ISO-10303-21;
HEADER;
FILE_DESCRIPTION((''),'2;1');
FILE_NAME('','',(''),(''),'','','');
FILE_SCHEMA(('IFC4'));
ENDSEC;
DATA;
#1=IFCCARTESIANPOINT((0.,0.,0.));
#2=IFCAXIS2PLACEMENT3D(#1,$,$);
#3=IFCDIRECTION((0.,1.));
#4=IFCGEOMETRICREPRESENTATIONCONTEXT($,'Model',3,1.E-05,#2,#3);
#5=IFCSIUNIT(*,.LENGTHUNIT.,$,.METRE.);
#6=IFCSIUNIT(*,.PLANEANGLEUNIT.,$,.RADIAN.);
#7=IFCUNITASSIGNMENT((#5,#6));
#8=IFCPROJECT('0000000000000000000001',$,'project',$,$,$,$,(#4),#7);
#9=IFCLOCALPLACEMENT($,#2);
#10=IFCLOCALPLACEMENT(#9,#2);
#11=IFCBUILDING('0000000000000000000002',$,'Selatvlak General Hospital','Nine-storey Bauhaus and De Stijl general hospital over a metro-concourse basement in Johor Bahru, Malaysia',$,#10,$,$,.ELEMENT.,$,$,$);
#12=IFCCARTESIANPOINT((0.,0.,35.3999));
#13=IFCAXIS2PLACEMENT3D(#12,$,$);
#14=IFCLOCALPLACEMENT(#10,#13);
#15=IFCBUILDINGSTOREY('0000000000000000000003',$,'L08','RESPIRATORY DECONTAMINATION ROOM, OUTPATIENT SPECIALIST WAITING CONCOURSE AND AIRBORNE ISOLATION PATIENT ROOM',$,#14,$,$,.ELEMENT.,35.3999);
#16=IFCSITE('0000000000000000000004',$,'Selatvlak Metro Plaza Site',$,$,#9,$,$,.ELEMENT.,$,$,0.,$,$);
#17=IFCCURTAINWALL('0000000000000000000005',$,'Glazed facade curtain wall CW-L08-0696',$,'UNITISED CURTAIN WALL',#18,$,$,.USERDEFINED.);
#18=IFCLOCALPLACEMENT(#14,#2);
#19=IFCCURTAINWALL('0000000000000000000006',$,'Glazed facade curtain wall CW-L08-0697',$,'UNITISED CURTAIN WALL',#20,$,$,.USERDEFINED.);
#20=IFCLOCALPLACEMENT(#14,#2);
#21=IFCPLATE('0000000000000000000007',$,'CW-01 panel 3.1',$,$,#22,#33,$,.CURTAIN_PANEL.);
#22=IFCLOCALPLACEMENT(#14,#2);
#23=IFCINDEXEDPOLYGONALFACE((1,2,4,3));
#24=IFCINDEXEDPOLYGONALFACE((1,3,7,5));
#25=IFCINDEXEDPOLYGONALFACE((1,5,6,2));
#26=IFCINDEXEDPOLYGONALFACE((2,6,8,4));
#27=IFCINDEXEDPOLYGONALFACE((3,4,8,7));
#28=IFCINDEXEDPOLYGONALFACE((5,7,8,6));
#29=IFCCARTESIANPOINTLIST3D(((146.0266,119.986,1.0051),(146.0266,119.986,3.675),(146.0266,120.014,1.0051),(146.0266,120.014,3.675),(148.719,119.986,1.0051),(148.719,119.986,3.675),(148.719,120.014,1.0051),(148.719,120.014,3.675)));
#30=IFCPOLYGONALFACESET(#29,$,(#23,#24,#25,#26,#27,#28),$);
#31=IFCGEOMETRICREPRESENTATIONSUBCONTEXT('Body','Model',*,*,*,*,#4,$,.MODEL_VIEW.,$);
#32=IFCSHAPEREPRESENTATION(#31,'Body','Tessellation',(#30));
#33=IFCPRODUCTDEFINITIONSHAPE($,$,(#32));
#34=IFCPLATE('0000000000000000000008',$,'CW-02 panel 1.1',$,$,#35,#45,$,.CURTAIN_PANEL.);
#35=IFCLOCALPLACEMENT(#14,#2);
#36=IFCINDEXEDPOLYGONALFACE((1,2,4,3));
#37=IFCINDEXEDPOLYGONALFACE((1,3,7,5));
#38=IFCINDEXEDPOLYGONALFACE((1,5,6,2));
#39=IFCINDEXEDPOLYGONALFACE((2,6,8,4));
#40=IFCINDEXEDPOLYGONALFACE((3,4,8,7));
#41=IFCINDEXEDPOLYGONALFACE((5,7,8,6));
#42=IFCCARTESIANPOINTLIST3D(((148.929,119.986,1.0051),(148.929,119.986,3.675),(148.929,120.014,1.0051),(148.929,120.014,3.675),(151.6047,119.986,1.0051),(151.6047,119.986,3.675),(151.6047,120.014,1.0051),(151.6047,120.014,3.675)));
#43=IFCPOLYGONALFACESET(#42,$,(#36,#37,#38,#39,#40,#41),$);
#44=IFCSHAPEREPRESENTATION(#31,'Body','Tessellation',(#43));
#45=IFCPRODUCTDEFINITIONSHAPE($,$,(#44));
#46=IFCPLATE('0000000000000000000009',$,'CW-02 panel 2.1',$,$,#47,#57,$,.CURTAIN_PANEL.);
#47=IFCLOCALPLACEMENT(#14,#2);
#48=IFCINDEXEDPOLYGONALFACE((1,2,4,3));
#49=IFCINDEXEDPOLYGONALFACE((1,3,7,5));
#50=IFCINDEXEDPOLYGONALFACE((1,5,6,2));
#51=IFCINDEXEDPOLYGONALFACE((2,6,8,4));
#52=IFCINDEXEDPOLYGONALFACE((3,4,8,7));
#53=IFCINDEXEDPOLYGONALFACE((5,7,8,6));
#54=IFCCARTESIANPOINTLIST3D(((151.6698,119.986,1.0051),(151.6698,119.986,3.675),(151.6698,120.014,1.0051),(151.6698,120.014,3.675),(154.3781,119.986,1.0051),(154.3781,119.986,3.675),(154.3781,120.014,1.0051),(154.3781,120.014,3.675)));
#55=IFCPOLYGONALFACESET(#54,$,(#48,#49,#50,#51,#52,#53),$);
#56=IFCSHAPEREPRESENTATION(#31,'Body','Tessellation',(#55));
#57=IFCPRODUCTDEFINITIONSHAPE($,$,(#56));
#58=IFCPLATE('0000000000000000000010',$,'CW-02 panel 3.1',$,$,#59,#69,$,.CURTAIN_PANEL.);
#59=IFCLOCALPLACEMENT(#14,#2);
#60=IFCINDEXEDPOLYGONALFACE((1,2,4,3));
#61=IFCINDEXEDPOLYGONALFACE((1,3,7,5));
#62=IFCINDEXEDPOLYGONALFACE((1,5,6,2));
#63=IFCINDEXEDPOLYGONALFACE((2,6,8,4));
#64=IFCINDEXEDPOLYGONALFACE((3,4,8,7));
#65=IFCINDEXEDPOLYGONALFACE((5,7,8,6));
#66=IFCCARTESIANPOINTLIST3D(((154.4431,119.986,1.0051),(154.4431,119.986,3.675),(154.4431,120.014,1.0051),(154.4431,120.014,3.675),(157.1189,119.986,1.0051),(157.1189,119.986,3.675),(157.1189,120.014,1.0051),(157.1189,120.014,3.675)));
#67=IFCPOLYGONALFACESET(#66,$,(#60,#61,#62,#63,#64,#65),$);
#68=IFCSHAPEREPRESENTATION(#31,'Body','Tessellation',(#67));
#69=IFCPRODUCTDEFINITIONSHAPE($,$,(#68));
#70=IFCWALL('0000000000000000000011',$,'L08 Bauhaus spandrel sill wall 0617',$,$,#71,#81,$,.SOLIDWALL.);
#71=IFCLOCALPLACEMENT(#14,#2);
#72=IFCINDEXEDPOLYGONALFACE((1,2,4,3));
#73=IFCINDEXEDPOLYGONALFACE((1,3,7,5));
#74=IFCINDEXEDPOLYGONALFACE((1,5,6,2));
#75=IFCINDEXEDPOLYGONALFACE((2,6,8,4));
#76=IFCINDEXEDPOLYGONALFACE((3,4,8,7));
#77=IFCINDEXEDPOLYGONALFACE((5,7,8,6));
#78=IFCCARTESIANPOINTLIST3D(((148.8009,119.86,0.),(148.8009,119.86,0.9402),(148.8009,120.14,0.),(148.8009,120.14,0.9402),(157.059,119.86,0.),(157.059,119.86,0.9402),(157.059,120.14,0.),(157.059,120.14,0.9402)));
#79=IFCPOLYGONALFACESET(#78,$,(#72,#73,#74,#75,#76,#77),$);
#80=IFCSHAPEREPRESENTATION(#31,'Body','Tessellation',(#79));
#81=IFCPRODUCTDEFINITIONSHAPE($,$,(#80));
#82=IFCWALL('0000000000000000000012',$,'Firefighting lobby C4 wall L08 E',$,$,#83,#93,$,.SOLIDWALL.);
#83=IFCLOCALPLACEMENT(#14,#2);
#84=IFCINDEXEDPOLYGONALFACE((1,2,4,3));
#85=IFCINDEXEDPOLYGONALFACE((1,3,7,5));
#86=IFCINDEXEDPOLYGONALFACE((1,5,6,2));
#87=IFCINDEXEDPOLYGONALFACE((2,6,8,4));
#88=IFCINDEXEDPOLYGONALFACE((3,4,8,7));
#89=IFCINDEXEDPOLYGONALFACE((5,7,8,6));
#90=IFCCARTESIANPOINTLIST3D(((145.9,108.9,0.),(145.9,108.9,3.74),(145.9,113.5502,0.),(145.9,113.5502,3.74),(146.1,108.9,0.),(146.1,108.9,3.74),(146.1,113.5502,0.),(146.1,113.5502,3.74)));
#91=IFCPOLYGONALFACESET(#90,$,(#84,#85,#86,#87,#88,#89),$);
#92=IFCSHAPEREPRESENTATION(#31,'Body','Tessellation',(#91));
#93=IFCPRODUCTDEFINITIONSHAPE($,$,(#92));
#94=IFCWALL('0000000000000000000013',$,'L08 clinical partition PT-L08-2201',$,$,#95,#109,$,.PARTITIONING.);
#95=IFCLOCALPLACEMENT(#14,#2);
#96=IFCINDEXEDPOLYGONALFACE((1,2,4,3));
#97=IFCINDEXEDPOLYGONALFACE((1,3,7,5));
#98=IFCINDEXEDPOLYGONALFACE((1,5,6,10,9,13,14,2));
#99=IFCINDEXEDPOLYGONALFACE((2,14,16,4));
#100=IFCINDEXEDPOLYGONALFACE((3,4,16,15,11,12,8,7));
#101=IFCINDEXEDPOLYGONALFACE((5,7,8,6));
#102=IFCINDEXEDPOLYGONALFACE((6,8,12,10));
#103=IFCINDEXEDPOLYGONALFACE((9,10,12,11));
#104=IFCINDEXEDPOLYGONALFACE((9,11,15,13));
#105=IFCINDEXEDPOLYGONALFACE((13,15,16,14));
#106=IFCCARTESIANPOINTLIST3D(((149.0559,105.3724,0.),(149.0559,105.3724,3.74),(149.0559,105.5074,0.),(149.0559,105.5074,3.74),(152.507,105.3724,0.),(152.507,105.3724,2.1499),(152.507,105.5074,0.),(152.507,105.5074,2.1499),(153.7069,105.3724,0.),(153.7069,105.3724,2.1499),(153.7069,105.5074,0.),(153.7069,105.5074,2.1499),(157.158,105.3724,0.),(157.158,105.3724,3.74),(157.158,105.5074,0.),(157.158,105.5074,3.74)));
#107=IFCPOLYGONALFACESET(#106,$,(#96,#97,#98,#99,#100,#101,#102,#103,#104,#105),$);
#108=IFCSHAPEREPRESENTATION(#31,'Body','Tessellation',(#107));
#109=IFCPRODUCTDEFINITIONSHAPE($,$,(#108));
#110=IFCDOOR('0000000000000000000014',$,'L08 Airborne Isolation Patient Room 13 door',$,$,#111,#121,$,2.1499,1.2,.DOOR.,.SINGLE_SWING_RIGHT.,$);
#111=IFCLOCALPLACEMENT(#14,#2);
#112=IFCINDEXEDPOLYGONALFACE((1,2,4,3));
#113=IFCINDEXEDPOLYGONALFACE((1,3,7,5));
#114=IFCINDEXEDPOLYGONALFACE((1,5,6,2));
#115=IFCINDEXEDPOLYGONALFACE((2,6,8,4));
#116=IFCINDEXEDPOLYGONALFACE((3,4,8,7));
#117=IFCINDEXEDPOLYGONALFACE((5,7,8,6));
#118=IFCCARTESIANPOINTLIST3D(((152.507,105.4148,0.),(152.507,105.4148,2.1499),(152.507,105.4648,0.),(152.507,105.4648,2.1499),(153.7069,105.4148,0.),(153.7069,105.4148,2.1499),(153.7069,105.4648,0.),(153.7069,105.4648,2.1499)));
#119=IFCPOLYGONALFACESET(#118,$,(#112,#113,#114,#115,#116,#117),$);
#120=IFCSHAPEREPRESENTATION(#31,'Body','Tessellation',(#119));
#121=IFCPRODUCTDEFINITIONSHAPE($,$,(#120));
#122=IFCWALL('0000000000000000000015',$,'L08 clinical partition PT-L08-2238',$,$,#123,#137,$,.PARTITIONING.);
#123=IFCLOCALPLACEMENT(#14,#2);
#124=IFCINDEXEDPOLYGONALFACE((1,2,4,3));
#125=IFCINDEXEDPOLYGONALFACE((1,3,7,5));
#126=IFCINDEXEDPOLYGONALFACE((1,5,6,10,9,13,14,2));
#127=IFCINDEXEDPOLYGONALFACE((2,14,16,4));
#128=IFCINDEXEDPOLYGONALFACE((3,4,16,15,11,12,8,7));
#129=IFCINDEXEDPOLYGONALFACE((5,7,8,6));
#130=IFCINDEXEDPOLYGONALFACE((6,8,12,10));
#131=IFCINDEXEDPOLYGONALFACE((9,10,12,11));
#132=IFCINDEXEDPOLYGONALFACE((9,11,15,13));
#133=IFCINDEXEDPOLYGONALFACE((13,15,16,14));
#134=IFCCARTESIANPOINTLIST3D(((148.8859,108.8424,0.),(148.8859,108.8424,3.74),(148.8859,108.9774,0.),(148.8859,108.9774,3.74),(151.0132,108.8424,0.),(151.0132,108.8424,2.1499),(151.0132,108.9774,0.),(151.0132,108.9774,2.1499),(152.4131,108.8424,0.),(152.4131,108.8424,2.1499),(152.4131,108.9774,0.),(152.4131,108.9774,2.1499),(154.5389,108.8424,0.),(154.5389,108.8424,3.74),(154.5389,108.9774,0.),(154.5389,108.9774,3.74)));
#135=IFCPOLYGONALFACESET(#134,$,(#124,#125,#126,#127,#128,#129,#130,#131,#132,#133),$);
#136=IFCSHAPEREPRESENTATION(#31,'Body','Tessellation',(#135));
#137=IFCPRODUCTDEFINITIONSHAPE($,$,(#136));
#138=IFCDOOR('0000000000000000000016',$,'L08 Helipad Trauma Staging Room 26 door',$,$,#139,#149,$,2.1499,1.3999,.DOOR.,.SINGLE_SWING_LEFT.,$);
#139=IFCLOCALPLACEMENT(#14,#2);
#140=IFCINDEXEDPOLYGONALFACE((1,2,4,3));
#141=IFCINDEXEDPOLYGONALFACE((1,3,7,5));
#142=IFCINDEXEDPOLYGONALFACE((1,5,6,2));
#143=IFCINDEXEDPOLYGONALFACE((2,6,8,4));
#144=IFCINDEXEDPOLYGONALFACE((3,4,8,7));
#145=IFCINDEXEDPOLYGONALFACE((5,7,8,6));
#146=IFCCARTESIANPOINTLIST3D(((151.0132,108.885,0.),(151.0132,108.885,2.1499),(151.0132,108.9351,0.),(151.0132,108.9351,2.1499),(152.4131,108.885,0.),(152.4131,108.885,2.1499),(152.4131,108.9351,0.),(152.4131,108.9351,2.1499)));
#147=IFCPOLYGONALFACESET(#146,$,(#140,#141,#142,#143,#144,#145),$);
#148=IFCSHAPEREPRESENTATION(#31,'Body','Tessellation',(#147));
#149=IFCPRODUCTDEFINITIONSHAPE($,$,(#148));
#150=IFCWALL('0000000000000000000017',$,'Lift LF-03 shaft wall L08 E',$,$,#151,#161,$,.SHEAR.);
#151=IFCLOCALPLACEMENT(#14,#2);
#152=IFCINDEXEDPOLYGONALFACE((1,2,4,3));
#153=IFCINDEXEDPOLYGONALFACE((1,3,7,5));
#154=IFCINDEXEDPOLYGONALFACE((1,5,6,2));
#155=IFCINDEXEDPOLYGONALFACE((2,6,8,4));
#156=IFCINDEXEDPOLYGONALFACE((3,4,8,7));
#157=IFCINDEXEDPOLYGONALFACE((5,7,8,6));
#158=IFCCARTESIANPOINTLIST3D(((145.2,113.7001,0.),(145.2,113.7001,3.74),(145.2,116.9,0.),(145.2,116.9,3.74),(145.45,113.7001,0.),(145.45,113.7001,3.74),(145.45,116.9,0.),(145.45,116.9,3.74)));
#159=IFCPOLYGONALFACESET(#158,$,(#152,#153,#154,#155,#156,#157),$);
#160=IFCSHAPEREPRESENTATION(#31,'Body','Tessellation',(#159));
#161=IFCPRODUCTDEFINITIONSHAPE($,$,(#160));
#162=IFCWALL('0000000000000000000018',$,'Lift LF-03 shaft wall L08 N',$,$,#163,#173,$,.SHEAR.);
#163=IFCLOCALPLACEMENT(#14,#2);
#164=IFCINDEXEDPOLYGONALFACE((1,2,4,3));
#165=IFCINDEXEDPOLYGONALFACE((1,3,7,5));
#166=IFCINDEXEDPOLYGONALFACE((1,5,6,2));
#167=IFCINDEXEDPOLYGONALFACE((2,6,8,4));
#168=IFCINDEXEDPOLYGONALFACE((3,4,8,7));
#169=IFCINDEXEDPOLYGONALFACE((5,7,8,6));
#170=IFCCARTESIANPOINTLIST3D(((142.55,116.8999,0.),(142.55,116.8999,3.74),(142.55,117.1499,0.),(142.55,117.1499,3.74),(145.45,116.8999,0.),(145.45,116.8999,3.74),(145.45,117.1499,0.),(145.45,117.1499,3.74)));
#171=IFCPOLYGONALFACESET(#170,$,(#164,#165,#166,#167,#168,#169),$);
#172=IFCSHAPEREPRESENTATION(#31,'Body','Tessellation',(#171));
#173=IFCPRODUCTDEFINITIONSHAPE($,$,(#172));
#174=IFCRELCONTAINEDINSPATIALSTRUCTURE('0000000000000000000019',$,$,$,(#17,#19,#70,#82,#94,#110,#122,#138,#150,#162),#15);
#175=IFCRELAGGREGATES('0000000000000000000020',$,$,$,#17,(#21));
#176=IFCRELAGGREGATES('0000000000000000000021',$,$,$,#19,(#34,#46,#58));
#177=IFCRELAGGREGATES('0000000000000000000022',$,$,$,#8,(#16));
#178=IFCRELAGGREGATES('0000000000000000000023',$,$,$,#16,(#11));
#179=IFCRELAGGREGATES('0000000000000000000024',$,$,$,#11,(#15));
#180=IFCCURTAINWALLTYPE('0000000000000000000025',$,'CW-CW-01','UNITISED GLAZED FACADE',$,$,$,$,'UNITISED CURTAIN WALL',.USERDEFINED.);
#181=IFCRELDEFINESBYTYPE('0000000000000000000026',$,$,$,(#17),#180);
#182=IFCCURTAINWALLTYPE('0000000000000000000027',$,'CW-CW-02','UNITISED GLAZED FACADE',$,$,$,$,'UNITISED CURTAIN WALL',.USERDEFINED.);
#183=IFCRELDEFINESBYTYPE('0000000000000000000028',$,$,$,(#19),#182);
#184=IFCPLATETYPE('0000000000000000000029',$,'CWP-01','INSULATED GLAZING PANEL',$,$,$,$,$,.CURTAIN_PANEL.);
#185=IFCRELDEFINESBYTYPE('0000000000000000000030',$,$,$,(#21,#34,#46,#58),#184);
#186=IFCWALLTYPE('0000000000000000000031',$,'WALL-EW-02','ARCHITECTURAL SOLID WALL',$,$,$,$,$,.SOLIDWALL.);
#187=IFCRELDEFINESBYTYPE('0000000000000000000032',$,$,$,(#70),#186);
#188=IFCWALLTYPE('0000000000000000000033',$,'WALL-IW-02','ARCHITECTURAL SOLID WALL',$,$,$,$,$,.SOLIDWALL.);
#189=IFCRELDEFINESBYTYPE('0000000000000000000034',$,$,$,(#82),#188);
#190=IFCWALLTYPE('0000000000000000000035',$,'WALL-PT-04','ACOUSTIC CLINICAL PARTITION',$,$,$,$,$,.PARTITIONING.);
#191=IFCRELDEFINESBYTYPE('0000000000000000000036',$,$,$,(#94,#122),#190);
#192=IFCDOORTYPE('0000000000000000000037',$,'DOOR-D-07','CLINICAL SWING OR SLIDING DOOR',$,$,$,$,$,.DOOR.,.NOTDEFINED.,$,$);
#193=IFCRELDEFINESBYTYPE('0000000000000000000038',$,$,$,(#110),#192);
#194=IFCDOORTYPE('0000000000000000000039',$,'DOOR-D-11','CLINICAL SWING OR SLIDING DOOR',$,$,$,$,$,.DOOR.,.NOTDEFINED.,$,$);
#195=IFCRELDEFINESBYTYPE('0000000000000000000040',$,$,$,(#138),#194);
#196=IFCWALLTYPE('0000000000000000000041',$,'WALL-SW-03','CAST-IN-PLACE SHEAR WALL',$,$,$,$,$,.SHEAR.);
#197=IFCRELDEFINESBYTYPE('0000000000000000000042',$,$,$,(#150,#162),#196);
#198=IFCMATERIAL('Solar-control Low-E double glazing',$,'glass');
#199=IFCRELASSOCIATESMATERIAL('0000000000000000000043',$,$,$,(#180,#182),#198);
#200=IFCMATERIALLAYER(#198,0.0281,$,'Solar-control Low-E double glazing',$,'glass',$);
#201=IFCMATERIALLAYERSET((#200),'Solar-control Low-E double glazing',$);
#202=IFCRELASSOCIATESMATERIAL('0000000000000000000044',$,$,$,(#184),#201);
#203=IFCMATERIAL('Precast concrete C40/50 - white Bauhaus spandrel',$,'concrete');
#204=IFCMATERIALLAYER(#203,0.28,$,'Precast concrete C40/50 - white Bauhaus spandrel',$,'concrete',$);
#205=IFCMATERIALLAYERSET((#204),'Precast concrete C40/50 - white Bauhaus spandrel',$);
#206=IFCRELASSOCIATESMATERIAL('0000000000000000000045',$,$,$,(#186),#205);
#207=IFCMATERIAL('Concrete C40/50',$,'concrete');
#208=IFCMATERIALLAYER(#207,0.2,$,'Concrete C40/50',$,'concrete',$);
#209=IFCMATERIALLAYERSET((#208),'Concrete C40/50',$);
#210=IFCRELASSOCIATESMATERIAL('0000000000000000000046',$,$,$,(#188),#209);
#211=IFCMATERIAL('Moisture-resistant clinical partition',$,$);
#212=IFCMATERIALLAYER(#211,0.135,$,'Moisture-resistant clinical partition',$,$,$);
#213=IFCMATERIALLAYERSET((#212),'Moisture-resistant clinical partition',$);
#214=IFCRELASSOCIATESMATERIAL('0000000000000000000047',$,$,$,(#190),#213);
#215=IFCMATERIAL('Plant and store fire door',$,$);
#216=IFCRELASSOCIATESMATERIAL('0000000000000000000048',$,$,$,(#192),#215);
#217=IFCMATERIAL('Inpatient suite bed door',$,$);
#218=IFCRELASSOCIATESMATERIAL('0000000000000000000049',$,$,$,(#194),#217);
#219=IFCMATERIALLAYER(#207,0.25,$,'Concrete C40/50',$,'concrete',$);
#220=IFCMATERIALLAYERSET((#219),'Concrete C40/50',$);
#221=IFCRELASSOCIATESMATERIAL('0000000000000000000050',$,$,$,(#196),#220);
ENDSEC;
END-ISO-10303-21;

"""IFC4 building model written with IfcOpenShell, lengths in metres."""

from ifc_helpers import new_model, si_unit, direction, frame, frame_2d, origin, origin_2d, place, context, subcontext, project, spatial, rectangle, extrude, material, layer, layer_set, type_object, element, fill, aggregate, save


model = new_model("IFC4")

# Units and contexts
model_context = context("Model", 3, precision=1e-05, world=origin(), true_north=direction((0.0, 1.0)))
body_context = subcontext(model_context, "Body", "Model", "MODEL_VIEW")
ifc_project = project(units=[si_unit("LENGTHUNIT", "METRE"), si_unit("PLANEANGLEUNIT", "RADIAN")], contexts=[model_context])

# Site, building, storey
site_placement = place(None, origin())
site = spatial("IfcSite", under=ifc_project, at=site_placement, Name="Selatvlak Metro Plaza Site", CompositionType="ELEMENT", RefElevation=0.0)
building_placement = place(site_placement, origin())
building = spatial("IfcBuilding", under=site, at=building_placement, Name="Selatvlak General Hospital", Description="Nine-storey Bauhaus and De Stijl general hospital over a metro-concourse basement in Johor Bahru, Malaysia", CompositionType="ELEMENT")
storey_placement = place(building_placement, frame((0.0, 0.0, 35.3999)))
storey = spatial("IfcBuildingStorey", under=building, at=storey_placement, Name="L08", Description="RESPIRATORY DECONTAMINATION ROOM, OUTPATIENT SPECIALIST WAITING CONCOURSE AND AIRBORNE ISOLATION PATIENT ROOM", CompositionType="ELEMENT", Elevation=35.3999)

# Shared definitions
ifc_material_1 = material(Name="Concrete C40/50", Category="concrete")

# Curtain walls
ifc_material_2 = material(Name="Solar-control Low-E double glazing", Category="glass")
curtain_wall_type_1 = type_object("IfcCurtainWallType", Name="CW-CW-01", Description="UNITISED GLAZED FACADE", ElementType="UNITISED CURTAIN WALL", PredefinedType="USERDEFINED", material=ifc_material_2)
curtain_wall_1_placement = place(storey_placement, origin())
curtain_wall_1 = element("IfcCurtainWall", 1, at=curtain_wall_1_placement, inside=storey, type_object=curtain_wall_type_1, Name="Glazed facade curtain wall CW-L08-0696", ObjectType="UNITISED CURTAIN WALL", PredefinedType="USERDEFINED")
curtain_wall_type_2 = type_object("IfcCurtainWallType", Name="CW-CW-02", Description="UNITISED GLAZED FACADE", ElementType="UNITISED CURTAIN WALL", PredefinedType="USERDEFINED", material=ifc_material_2)
curtain_wall_2_placement = place(storey_placement, origin())
curtain_wall_2 = element("IfcCurtainWall", 2, at=curtain_wall_2_placement, inside=storey, type_object=curtain_wall_type_2, Name="Glazed facade curtain wall CW-L08-0697", ObjectType="UNITISED CURTAIN WALL", PredefinedType="USERDEFINED")

# Plates
ifc_layer_1 = layer(ifc_material_2, 0.0281, Name="Solar-control Low-E double glazing", Category="glass")
ifc_layer_set_1 = layer_set([ifc_layer_1], Name="Solar-control Low-E double glazing")
plate_type = type_object("IfcPlateType", Name="CWP-01", Description="INSULATED GLAZING PANEL", PredefinedType="CURTAIN_PANEL", material=ifc_layer_set_1)
plate_1_placement = place(storey_placement, frame((147.3728, 120.0, 1.0051), z_axis=(0.0, 0.0, 1.0), x_axis=(1.0, 0.0, 0.0)))
plate_1 = element("IfcPlate", 3, at=plate_1_placement, type_object=plate_type, Name="CW-01 panel 3.1", PredefinedType="CURTAIN_PANEL", context=body_context, shape_type="SweptSolid", body=[
    extrude(rectangle(XDim=2.6924, YDim=0.0281, at=origin_2d()), origin(), (0.0, 0.0, 1.0), 2.6699),
])
aggregate(curtain_wall_1, [plate_1])
plate_2_placement = place(storey_placement, frame((150.2668, 120.0, 1.0051), z_axis=(0.0, 0.0, 1.0), x_axis=(1.0, 0.0, 0.0)))
plate_2 = element("IfcPlate", 4, at=plate_2_placement, type_object=plate_type, Name="CW-02 panel 1.1", PredefinedType="CURTAIN_PANEL", context=body_context, shape_type="SweptSolid", body=[
    extrude(rectangle(XDim=2.6758, YDim=0.0281, at=origin_2d()), origin(), (0.0, 0.0, 1.0), 2.6699),
])
plate_3_placement = place(storey_placement, frame((153.0239, 120.0, 1.0051), z_axis=(0.0, 0.0, 1.0), x_axis=(1.0, 0.0, 0.0)))
plate_3 = element("IfcPlate", 5, at=plate_3_placement, type_object=plate_type, Name="CW-02 panel 2.1", PredefinedType="CURTAIN_PANEL", context=body_context, shape_type="SweptSolid", body=[
    extrude(rectangle(XDim=2.7083, YDim=0.0281, at=origin_2d()), origin(), (0.0, 0.0, 1.0), 2.6699),
])
plate_4_placement = place(storey_placement, frame((155.781, 120.0, 1.0051), z_axis=(0.0, 0.0, 1.0), x_axis=(1.0, 0.0, 0.0)))
plate_4 = element("IfcPlate", 6, at=plate_4_placement, type_object=plate_type, Name="CW-02 panel 3.1", PredefinedType="CURTAIN_PANEL", context=body_context, shape_type="SweptSolid", body=[
    extrude(rectangle(XDim=2.6758, YDim=0.0281, at=origin_2d()), origin(), (0.0, 0.0, 1.0), 2.6699),
])
aggregate(curtain_wall_2, [plate_2, plate_3, plate_4])

# Walls
ifc_material_3 = material(Name="Precast concrete C40/50 - white Bauhaus spandrel", Category="concrete")
ifc_layer_2 = layer(ifc_material_3, 0.28, Name="Precast concrete C40/50 - white Bauhaus spandrel", Category="concrete")
ifc_layer_set_2 = layer_set([ifc_layer_2], Name="Precast concrete C40/50 - white Bauhaus spandrel")
wall_type_1 = type_object("IfcWallType", Name="WALL-EW-02", Description="ARCHITECTURAL SOLID WALL", PredefinedType="SOLIDWALL", material=ifc_layer_set_2)
wall_1_placement = place(storey_placement, frame((148.801, 120.0, 0.0), z_axis=(0.0, 0.0, 1.0), x_axis=(1.0, 0.0, 0.0)))
element("IfcWall", 7, at=wall_1_placement, inside=storey, type_object=wall_type_1, Name="L08 Bauhaus spandrel sill wall 0617", PredefinedType="SOLIDWALL", context=body_context, shape_type="SweptSolid", body=[
    extrude(rectangle(XDim=8.2581, YDim=0.28, at=frame_2d((4.1289, 0.0))), origin(), (0.0, 0.0, 1.0), 0.9402),
])
ifc_layer_3 = layer(ifc_material_1, 0.2, Name="Concrete C40/50", Category="concrete")
ifc_layer_set_3 = layer_set([ifc_layer_3], Name="Concrete C40/50")
wall_type_2 = type_object("IfcWallType", Name="WALL-IW-02", Description="ARCHITECTURAL SOLID WALL", PredefinedType="SOLIDWALL", material=ifc_layer_set_3)
wall_2_placement = place(storey_placement, frame((146.0, 108.8999, 0.0), z_axis=(0.0, 0.0, 1.0), x_axis=(0.0, 1.0, 0.0)))
element("IfcWall", 8, at=wall_2_placement, inside=storey, type_object=wall_type_2, Name="Firefighting lobby C4 wall L08 E", PredefinedType="SOLIDWALL", context=body_context, shape_type="SweptSolid", body=[
    extrude(rectangle(XDim=4.6501, YDim=0.2, at=frame_2d((2.3252, 0.0))), origin(), (0.0, 0.0, 1.0), 3.74),
])

# Walls, openings, doors
ifc_material_4 = material(Name="Moisture-resistant clinical partition")
ifc_layer_4 = layer(ifc_material_4, 0.135, Name="Moisture-resistant clinical partition")
ifc_layer_set_4 = layer_set([ifc_layer_4], Name="Moisture-resistant clinical partition")
wall_type_3 = type_object("IfcWallType", Name="WALL-PT-04", Description="ACOUSTIC CLINICAL PARTITION", PredefinedType="PARTITIONING", material=ifc_layer_set_4)
wall_3_placement = place(storey_placement, frame((149.0559, 105.4399, 0.0), z_axis=(0.0, 0.0, 1.0), x_axis=(1.0, 0.0, 0.0)))
wall_3 = element("IfcWall", 9, at=wall_3_placement, inside=storey, type_object=wall_type_3, Name="L08 clinical partition PT-L08-2201", PredefinedType="PARTITIONING", context=body_context, shape_type="SweptSolid", body=[
    extrude(rectangle(XDim=8.1021, YDim=0.135, at=frame_2d((4.051, 0.0))), origin(), (0.0, 0.0, 1.0), 3.74),
])
opening_1_placement = place(wall_3_placement, frame((3.4509, 0.0, 0.0)))
opening_1 = element("IfcOpeningElement", 10, at=opening_1_placement, cuts=wall_3, PredefinedType="OPENING", context=body_context, shape_type="SweptSolid", body=[
    extrude(rectangle(XDim=1.2, YDim=2.1499, at=frame_2d((0.6001, 1.075))), frame((0.0, 0.0774, 0.0), z_axis=(0.0, -1.0, 0.0), x_axis=(1.0, 0.0, 0.0)), (0.0, 0.0, 1.0), 0.155),
])
ifc_material_5 = material(Name="Plant and store fire door")
door_type_1 = type_object("IfcDoorType", Name="DOOR-D-07", Description="CLINICAL SWING OR SLIDING DOOR", OperationType="NOTDEFINED", PredefinedType="DOOR", material=ifc_material_5)
door_1_placement = place(opening_1_placement, origin())
door_1 = element("IfcDoor", 11, at=door_1_placement, inside=storey, type_object=door_type_1, Name="L08 Airborne Isolation Patient Room 13 door", OperationType="SINGLE_SWING_RIGHT", OverallHeight=2.1499, OverallWidth=1.2, PredefinedType="DOOR", context=body_context, shape_type="SweptSolid", body=[
    extrude(rectangle(XDim=1.2, YDim=2.1499, at=frame_2d((0.6001, 1.075))), frame((0.0, 0.0249, 0.0), z_axis=(0.0, -1.0, 0.0), x_axis=(1.0, 0.0, 0.0)), (0.0, 0.0, 1.0), 0.05),
])
fill(opening_1, door_1)
wall_4_placement = place(storey_placement, frame((154.5391, 108.9099, 0.0), z_axis=(0.0, 0.0, 1.0), x_axis=(-1.0, 0.0, 0.0)))
wall_4 = element("IfcWall", 12, at=wall_4_placement, inside=storey, type_object=wall_type_3, Name="L08 clinical partition PT-L08-2238", PredefinedType="PARTITIONING", context=body_context, shape_type="SweptSolid", body=[
    extrude(rectangle(XDim=5.6531, YDim=0.135, at=frame_2d((2.8267, 0.0))), origin(), (0.0, 0.0, 1.0), 3.74),
])
opening_2_placement = place(wall_4_placement, frame((2.126, 0.0, 0.0)))
opening_2 = element("IfcOpeningElement", 13, at=opening_2_placement, cuts=wall_4, PredefinedType="OPENING", context=body_context, shape_type="SweptSolid", body=[
    extrude(rectangle(XDim=1.3999, YDim=2.1499, at=frame_2d((0.7, 1.075))), frame((0.0, 0.0774, 0.0), z_axis=(0.0, -1.0, 0.0), x_axis=(1.0, 0.0, 0.0)), (0.0, 0.0, 1.0), 0.155),
])
ifc_material_6 = material(Name="Inpatient suite bed door")
door_type_2 = type_object("IfcDoorType", Name="DOOR-D-11", Description="CLINICAL SWING OR SLIDING DOOR", OperationType="NOTDEFINED", PredefinedType="DOOR", material=ifc_material_6)
door_2_placement = place(opening_2_placement, origin())
door_2 = element("IfcDoor", 14, at=door_2_placement, inside=storey, type_object=door_type_2, Name="L08 Helipad Trauma Staging Room 26 door", OperationType="SINGLE_SWING_LEFT", OverallHeight=2.1499, OverallWidth=1.3999, PredefinedType="DOOR", context=body_context, shape_type="SweptSolid", body=[
    extrude(rectangle(XDim=1.3999, YDim=2.1499, at=frame_2d((0.7, 1.075))), frame((0.0, 0.0249, 0.0), z_axis=(0.0, -1.0, 0.0), x_axis=(1.0, 0.0, 0.0)), (0.0, 0.0, 1.0), 0.05),
])
fill(opening_2, door_2)

# Walls
ifc_layer_5 = layer(ifc_material_1, 0.25, Name="Concrete C40/50", Category="concrete")
ifc_layer_set_5 = layer_set([ifc_layer_5], Name="Concrete C40/50")
wall_type_4 = type_object("IfcWallType", Name="WALL-SW-03", Description="CAST-IN-PLACE SHEAR WALL", PredefinedType="SHEAR", material=ifc_layer_set_5)
wall_5_placement = place(storey_placement, frame((145.325, 113.7, 0.0), z_axis=(0.0, 0.0, 1.0), x_axis=(0.0, 1.0, 0.0)))
element("IfcWall", 15, at=wall_5_placement, inside=storey, type_object=wall_type_4, Name="Lift LF-03 shaft wall L08 E", PredefinedType="SHEAR", context=body_context, shape_type="SweptSolid", body=[
    extrude(rectangle(XDim=3.2, YDim=0.25, at=frame_2d((1.6001, 0.0))), origin(), (0.0, 0.0, 1.0), 3.74),
])
wall_6_placement = place(storey_placement, frame((145.45, 117.0249, 0.0), z_axis=(0.0, 0.0, 1.0), x_axis=(-1.0, 0.0, 0.0)))
element("IfcWall", 16, at=wall_6_placement, inside=storey, type_object=wall_type_4, Name="Lift LF-03 shaft wall L08 N", PredefinedType="SHEAR", context=body_context, shape_type="SweptSolid", body=[
    extrude(rectangle(XDim=2.8999, YDim=0.25, at=frame_2d((1.45, 0.0))), origin(), (0.0, 0.0, 1.0), 3.74),
])

save(model, "model.ifc")
